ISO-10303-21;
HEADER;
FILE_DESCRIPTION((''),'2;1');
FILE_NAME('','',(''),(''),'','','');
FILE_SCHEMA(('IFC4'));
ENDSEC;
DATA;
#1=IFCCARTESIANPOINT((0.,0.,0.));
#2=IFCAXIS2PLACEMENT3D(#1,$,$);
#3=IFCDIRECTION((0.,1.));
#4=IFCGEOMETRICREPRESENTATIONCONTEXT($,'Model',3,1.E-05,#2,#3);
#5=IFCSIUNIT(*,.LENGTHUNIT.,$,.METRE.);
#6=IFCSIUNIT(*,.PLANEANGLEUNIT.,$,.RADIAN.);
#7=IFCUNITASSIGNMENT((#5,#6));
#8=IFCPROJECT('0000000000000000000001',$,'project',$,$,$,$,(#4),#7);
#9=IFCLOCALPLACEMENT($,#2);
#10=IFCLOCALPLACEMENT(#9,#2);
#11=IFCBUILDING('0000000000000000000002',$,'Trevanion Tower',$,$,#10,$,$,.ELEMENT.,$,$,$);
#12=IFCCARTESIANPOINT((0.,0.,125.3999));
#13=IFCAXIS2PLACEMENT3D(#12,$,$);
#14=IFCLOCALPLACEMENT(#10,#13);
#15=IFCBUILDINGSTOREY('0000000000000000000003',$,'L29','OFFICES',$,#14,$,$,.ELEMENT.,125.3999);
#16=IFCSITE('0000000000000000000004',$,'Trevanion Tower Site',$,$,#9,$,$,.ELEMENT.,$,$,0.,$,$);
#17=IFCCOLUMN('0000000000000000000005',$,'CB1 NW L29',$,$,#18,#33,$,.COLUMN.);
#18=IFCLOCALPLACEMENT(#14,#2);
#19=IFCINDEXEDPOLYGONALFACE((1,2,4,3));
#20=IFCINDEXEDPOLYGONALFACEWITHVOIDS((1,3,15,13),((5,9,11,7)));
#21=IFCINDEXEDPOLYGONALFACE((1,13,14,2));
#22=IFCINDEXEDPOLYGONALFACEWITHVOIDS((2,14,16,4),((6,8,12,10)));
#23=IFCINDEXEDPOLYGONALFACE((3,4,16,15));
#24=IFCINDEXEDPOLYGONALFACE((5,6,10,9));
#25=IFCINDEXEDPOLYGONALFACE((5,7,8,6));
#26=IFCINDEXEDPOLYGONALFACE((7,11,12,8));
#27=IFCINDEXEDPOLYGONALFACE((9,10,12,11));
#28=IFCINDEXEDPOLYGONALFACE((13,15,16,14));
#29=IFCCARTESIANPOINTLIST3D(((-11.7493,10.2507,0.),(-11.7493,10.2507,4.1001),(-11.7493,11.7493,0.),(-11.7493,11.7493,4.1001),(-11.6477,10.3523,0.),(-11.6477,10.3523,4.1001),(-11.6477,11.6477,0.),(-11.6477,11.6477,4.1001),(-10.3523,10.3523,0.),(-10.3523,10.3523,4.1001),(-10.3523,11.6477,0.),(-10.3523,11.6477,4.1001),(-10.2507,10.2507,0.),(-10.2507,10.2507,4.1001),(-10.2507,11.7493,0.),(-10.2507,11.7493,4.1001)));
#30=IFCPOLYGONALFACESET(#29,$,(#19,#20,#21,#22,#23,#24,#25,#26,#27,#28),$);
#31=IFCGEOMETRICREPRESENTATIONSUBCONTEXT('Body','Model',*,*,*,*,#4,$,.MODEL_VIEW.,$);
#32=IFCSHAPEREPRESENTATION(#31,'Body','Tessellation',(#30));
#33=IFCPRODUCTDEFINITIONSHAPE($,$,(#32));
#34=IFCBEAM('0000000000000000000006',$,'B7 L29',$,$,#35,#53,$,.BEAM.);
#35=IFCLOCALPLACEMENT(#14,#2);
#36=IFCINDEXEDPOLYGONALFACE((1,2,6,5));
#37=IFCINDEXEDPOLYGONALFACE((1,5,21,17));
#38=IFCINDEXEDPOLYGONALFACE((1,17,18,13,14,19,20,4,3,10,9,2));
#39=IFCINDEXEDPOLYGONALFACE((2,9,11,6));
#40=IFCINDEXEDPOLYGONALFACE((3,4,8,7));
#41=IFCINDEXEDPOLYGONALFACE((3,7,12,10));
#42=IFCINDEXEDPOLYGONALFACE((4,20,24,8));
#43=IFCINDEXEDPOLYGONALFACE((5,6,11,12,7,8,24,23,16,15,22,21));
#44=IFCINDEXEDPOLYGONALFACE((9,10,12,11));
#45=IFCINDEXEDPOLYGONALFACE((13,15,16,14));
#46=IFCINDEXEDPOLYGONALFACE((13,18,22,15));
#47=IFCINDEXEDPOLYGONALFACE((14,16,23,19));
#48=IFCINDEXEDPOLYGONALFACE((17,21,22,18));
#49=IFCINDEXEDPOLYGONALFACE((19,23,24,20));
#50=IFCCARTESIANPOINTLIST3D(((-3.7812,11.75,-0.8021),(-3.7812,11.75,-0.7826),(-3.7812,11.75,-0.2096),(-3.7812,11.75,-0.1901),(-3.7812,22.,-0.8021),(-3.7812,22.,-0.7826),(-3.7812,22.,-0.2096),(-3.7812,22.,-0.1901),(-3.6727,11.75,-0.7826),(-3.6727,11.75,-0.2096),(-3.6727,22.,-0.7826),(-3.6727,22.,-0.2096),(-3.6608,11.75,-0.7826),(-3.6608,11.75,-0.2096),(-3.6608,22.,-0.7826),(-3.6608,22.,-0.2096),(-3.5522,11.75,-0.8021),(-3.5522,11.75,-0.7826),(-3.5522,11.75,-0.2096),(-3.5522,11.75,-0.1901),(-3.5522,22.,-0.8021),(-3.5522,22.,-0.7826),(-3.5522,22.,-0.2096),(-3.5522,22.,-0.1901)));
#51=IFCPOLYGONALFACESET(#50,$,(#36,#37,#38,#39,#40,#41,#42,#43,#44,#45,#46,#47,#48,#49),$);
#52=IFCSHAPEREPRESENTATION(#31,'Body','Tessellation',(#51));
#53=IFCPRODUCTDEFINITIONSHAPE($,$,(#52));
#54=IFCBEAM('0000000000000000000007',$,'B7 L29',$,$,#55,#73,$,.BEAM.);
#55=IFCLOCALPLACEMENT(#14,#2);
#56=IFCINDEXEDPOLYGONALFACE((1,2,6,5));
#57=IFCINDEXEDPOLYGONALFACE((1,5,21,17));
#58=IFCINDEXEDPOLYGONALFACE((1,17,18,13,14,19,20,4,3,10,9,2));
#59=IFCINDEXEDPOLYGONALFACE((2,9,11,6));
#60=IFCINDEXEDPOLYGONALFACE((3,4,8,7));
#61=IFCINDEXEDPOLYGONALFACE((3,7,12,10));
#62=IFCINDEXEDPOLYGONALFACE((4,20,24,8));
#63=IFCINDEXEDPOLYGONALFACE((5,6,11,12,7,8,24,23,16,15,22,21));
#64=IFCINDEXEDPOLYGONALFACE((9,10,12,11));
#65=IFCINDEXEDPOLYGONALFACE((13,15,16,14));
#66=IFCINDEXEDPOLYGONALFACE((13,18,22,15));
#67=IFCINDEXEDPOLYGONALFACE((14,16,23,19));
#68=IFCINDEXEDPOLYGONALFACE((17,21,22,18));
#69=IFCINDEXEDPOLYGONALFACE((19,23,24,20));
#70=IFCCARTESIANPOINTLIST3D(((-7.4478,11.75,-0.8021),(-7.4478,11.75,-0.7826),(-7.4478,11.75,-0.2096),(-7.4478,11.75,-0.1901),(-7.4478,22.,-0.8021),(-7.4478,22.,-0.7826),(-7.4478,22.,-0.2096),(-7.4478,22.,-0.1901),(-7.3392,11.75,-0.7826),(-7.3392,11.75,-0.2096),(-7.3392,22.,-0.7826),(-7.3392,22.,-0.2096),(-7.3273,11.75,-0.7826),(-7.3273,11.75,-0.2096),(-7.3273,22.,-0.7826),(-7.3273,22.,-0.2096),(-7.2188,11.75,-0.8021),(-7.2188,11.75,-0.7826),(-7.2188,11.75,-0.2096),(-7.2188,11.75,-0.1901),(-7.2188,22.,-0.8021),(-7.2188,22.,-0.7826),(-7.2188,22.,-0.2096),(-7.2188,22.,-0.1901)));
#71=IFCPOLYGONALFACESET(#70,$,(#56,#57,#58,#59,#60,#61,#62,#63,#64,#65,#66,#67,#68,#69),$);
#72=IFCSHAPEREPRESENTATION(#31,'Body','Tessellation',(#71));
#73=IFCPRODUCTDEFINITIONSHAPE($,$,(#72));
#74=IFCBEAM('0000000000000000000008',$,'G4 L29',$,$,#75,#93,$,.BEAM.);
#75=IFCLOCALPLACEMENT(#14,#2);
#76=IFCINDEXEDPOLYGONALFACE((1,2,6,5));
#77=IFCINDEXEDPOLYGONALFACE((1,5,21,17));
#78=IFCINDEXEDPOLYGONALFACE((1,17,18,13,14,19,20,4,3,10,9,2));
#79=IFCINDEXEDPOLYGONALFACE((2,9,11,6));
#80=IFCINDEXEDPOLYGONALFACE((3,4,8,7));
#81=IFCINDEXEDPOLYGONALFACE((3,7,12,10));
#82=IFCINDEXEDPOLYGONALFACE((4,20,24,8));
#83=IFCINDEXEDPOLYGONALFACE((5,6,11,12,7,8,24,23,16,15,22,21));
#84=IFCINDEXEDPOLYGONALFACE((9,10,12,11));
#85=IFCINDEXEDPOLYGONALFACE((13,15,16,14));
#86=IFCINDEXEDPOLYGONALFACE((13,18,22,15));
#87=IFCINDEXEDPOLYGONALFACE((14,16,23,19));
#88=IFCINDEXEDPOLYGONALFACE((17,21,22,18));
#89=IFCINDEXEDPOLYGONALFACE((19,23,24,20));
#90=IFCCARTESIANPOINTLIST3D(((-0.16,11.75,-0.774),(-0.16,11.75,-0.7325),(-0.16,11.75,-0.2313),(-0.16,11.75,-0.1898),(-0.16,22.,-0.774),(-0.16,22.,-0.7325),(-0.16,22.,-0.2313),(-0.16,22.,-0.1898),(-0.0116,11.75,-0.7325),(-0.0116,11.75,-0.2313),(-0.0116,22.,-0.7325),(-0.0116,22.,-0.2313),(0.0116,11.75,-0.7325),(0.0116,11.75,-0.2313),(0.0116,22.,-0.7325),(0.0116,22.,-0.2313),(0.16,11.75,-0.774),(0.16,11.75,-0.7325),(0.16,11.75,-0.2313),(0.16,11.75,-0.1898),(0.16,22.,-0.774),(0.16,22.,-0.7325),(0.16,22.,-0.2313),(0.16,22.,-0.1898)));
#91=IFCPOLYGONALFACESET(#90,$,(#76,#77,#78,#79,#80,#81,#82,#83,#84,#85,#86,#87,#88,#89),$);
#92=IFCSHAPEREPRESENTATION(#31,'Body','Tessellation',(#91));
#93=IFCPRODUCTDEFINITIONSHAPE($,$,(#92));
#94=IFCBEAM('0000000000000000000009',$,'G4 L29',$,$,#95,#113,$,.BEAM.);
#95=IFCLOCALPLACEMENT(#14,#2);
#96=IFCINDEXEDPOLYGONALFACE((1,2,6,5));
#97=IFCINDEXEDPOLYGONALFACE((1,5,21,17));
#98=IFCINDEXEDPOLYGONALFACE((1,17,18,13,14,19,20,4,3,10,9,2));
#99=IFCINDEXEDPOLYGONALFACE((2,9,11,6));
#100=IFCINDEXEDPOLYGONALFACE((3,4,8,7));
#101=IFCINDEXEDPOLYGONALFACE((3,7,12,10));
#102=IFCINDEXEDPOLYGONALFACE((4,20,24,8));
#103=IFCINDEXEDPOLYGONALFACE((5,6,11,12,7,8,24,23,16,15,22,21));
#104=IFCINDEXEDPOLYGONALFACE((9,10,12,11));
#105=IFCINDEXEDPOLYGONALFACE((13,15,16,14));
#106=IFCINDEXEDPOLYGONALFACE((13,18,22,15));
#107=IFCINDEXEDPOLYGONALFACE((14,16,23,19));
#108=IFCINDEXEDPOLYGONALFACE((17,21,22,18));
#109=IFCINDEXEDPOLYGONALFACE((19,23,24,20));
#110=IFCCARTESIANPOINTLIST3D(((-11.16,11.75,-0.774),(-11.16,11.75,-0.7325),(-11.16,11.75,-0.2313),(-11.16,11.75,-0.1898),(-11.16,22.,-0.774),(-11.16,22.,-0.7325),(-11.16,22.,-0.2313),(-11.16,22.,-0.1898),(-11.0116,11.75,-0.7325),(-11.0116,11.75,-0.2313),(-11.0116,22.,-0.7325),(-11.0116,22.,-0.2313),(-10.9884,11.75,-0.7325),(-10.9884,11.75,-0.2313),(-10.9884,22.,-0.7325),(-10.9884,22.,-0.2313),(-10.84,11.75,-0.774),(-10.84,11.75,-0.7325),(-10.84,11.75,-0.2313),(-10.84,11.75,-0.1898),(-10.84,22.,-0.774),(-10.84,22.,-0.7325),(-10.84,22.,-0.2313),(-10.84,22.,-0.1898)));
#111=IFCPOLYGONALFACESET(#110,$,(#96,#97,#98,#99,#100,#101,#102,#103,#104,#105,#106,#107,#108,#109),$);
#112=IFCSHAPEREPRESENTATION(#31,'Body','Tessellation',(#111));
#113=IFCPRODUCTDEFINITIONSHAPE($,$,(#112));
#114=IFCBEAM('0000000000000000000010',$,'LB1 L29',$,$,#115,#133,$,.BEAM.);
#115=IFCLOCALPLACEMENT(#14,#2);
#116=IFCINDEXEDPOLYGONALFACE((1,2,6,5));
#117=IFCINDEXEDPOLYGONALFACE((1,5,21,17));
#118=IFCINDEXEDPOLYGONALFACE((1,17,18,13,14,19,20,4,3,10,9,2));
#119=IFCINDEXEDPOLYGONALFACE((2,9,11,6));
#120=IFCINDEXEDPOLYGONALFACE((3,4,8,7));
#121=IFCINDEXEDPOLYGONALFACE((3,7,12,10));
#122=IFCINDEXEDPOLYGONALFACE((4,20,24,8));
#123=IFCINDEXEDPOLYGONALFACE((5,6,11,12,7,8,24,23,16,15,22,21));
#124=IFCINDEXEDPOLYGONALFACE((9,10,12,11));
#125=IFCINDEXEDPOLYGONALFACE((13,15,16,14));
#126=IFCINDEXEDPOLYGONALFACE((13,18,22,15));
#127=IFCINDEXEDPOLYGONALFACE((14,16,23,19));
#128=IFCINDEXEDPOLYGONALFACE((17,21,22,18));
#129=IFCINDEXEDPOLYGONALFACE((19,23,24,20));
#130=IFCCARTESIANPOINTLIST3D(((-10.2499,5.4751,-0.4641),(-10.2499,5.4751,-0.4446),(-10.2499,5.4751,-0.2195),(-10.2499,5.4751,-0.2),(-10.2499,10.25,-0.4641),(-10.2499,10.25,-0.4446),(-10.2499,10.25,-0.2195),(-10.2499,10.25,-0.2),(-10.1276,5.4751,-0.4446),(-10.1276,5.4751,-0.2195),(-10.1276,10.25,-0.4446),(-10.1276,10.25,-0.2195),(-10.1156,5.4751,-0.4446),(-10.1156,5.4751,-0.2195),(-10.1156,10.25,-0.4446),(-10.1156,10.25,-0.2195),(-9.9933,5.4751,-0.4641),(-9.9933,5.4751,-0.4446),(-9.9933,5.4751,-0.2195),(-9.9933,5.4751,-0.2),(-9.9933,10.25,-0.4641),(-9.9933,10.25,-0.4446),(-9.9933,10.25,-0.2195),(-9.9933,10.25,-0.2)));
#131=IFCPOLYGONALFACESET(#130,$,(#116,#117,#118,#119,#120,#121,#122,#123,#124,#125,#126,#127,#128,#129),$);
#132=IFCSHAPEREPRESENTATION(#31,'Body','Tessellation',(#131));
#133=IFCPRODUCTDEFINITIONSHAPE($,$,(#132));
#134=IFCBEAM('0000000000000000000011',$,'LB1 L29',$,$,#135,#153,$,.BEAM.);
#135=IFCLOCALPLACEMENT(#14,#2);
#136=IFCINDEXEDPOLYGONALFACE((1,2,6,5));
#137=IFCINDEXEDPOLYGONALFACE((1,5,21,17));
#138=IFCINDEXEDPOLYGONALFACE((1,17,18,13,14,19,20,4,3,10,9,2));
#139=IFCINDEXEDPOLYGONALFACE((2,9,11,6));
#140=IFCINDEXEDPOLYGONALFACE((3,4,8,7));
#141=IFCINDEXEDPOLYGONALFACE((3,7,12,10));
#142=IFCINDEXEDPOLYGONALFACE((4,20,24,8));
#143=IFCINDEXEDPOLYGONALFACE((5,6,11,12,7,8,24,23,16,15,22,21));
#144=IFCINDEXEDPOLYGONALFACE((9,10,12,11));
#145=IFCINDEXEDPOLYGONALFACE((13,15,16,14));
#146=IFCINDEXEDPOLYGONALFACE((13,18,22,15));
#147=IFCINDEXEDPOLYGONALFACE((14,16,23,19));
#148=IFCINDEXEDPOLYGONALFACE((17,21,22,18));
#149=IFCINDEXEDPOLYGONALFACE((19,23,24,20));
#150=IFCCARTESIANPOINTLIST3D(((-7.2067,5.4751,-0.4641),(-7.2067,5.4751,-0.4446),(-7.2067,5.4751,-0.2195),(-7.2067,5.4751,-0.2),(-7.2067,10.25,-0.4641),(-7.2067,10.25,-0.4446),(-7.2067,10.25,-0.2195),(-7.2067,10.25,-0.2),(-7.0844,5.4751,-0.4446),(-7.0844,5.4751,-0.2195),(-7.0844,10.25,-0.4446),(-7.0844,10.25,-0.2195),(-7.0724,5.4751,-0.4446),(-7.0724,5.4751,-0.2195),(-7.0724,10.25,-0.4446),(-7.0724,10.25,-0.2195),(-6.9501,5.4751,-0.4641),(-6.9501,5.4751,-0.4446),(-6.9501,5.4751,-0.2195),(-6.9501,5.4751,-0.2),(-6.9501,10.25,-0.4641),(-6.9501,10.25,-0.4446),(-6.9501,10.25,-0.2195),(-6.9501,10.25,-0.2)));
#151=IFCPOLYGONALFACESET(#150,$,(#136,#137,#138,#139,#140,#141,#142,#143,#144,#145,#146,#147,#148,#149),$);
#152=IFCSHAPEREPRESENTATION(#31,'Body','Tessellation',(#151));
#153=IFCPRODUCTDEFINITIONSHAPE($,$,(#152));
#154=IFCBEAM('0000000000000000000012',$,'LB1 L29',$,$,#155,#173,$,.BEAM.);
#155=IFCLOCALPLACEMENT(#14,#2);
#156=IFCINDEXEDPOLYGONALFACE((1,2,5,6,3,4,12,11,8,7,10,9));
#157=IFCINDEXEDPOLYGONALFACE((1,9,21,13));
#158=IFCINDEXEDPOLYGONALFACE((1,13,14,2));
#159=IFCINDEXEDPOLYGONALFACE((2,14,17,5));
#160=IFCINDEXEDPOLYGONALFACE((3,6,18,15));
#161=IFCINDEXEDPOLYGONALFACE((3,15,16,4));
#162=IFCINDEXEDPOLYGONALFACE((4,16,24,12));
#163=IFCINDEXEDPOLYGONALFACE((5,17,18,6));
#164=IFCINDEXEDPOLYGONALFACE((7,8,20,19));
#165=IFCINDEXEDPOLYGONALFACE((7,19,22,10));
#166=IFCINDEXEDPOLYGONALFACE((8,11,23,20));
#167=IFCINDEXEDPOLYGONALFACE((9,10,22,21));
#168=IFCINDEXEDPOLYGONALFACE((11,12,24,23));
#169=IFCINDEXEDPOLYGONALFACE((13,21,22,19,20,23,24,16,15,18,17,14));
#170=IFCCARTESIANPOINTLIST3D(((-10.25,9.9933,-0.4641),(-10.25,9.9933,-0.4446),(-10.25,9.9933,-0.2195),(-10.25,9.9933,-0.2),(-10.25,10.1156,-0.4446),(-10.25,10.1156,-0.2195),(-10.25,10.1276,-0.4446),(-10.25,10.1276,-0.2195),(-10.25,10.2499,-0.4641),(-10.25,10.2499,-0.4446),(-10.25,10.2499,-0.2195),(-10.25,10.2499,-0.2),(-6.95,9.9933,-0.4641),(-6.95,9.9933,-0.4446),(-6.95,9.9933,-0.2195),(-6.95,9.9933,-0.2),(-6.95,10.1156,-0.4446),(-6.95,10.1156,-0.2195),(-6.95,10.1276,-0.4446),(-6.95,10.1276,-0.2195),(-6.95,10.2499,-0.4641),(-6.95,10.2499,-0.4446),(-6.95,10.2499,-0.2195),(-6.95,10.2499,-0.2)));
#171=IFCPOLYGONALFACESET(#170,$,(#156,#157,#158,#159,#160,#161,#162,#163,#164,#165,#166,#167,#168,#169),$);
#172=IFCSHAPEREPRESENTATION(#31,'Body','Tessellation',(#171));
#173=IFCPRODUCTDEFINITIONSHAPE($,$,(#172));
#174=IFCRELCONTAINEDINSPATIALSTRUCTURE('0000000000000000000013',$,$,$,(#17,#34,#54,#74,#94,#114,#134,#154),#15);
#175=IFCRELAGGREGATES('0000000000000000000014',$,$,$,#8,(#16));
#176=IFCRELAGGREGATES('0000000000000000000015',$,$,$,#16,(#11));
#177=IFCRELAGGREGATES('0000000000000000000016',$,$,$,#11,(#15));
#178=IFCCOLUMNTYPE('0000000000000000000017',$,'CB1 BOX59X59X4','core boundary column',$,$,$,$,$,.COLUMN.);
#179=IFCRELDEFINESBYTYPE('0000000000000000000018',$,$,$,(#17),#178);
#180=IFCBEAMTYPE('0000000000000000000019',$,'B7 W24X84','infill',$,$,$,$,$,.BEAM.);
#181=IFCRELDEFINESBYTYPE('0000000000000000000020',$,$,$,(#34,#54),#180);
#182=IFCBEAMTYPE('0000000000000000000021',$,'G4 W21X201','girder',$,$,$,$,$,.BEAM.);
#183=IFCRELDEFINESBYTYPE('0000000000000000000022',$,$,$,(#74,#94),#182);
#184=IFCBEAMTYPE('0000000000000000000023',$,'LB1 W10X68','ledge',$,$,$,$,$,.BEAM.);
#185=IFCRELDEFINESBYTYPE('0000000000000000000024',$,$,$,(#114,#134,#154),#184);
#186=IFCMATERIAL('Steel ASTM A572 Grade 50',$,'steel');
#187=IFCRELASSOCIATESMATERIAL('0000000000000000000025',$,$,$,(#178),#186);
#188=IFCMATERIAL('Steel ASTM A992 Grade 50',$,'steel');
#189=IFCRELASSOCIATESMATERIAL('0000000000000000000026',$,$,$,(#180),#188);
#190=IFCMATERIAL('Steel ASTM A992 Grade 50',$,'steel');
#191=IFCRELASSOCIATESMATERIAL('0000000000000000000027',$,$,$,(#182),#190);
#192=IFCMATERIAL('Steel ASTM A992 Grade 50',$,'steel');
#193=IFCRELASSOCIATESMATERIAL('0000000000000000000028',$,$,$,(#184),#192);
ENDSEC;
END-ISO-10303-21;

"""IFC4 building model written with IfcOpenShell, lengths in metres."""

from ifc_helpers import new_model, si_unit, direction, frame, origin, origin_2d, place, context, subcontext, project, spatial, hollow_rectangle, i_section, extrude, material, material_profile, profile_set, type_object, element, save


model = new_model("IFC4")

# Units and contexts
model_context = context("Model", 3, precision=1e-05, world=origin(), true_north=direction((0.0, 1.0)))
body_context = subcontext(model_context, "Body", "Model", "MODEL_VIEW")
ifc_project = project(units=[si_unit("LENGTHUNIT", "METRE"), si_unit("PLANEANGLEUNIT", "RADIAN")], contexts=[model_context])

# Site, building, storey
site_placement = place(None, origin())
site = spatial("IfcSite", under=ifc_project, at=site_placement, Name="Trevanion Tower Site", CompositionType="ELEMENT", RefElevation=0.0)
building_placement = place(site_placement, origin())
building = spatial("IfcBuilding", under=site, at=building_placement, Name="Trevanion Tower", CompositionType="ELEMENT")
storey_placement = place(building_placement, frame((0.0, 0.0, 125.3999)))
storey = spatial("IfcBuildingStorey", under=building, at=storey_placement, Name="L29", Description="OFFICES", CompositionType="ELEMENT", Elevation=125.3999)

# Column
ifc_material_1 = material(Name="Steel ASTM A572 Grade 50", Category="steel")
ifc_material_profile_1 = material_profile(ifc_material_1, hollow_rectangle(XDim=1.4985, YDim=1.4985, WallThickness=0.1016, at=origin_2d()), Name="BOX59X59X4")
ifc_profile_set_1 = profile_set([ifc_material_profile_1], Name="Steel ASTM A572 Grade 50")
column_type = type_object("IfcColumnType", Name="CB1 BOX59X59X4", Description="core boundary column", PredefinedType="COLUMN", material=ifc_profile_set_1)
column_placement = place(storey_placement, frame((-11.0, 11.0, 0.0), z_axis=(0.0, 0.0, 1.0), x_axis=(1.0, 0.0, 0.0)))
element("IfcColumn", 1, at=column_placement, inside=storey, type_object=column_type, Name="CB1 NW L29", PredefinedType="COLUMN", context=body_context, shape_type="SweptSolid", body=[
    extrude(hollow_rectangle(XDim=1.4985, YDim=1.4985, WallThickness=0.1016, at=origin_2d()), origin(), (0.0, 0.0, 1.0), 4.1001),
])

# Beams
ifc_material_2 = material(Name="Steel ASTM A992 Grade 50", Category="steel")
ifc_material_profile_2 = material_profile(ifc_material_2, i_section(OverallWidth=0.229, OverallDepth=0.6121, WebThickness=0.012, FlangeThickness=0.0195, at=origin_2d()), Name="W24X84")
ifc_profile_set_2 = profile_set([ifc_material_profile_2], Name="Steel ASTM A992 Grade 50")
beam_type_1 = type_object("IfcBeamType", Name="B7 W24X84", Description="infill", PredefinedType="BEAM", material=ifc_profile_set_2)
for number, where, z_axis, x_axis, name in (
    (2, (-3.6667, 11.75, -0.4961), (0.0, 1.0, 0.0), (-1.0, 0.0, 0.0), "B7 L29"),
    (3, (-7.3333, 11.75, -0.4961), (0.0, 1.0, 0.0), (-1.0, 0.0, 0.0), "B7 L29"),
):
    element("IfcBeam", number, at=place(storey_placement, frame(where, z_axis=z_axis, x_axis=x_axis)), inside=storey, type_object=beam_type_1, Name=name, PredefinedType="BEAM", context=body_context, shape_type="SweptSolid", body=[
        extrude(i_section(OverallWidth=0.229, OverallDepth=0.6121, WebThickness=0.012, FlangeThickness=0.0195, at=origin_2d()), origin(), (0.0, 0.0, 1.0), 10.25),
    ])
ifc_material_3 = material(Name="Steel ASTM A992 Grade 50", Category="steel")
ifc_material_profile_3 = material_profile(ifc_material_3, i_section(OverallWidth=0.3201, OverallDepth=0.5842, WebThickness=0.0232, FlangeThickness=0.0415, at=origin_2d()), Name="W21X201")
ifc_profile_set_3 = profile_set([ifc_material_profile_3], Name="Steel ASTM A992 Grade 50")
beam_type_2 = type_object("IfcBeamType", Name="G4 W21X201", Description="girder", PredefinedType="BEAM", material=ifc_profile_set_3)
for number, where, z_axis, x_axis, name in (
    (4, (0.0, 11.75, -0.4819), (0.0, 1.0, 0.0), (-1.0, 0.0, 0.0), "G4 L29"),
    (5, (-11.0, 11.75, -0.4819), (0.0, 1.0, 0.0), (-1.0, 0.0, 0.0), "G4 L29"),
):
    element("IfcBeam", number, at=place(storey_placement, frame(where, z_axis=z_axis, x_axis=x_axis)), inside=storey, type_object=beam_type_2, Name=name, PredefinedType="BEAM", context=body_context, shape_type="SweptSolid", body=[
        extrude(i_section(OverallWidth=0.3201, OverallDepth=0.5842, WebThickness=0.0232, FlangeThickness=0.0415, at=origin_2d()), origin(), (0.0, 0.0, 1.0), 10.25),
    ])
ifc_material_4 = material(Name="Steel ASTM A992 Grade 50", Category="steel")
ifc_material_profile_4 = material_profile(ifc_material_4, i_section(OverallWidth=0.2566, OverallDepth=0.2642, WebThickness=0.012, FlangeThickness=0.0195, at=origin_2d()), Name="W10X68")
ifc_profile_set_4 = profile_set([ifc_material_profile_4], Name="Steel ASTM A992 Grade 50")
beam_type_3 = type_object("IfcBeamType", Name="LB1 W10X68", Description="ledge", PredefinedType="BEAM", material=ifc_profile_set_4)
for number, where, z_axis, x_axis, name in (
    (6, (-10.1216, 5.4751, -0.332), (0.0, 1.0, 0.0), (-1.0, 0.0, 0.0), "LB1 L29"),
    (7, (-7.0784, 5.4751, -0.332), (0.0, 1.0, 0.0), (-1.0, 0.0, 0.0), "LB1 L29"),
):
    element("IfcBeam", number, at=place(storey_placement, frame(where, z_axis=z_axis, x_axis=x_axis)), inside=storey, type_object=beam_type_3, Name=name, PredefinedType="BEAM", context=body_context, shape_type="SweptSolid", body=[
        extrude(i_section(OverallWidth=0.2566, OverallDepth=0.2642, WebThickness=0.012, FlangeThickness=0.0195, at=origin_2d()), origin(), (0.0, 0.0, 1.0), 4.7749),
    ])
beam_1_placement = place(storey_placement, frame((-10.25, 10.1216, -0.332), z_axis=(1.0, 0.0, 0.0), x_axis=(0.0, 1.0, 0.0)))
element("IfcBeam", 8, at=beam_1_placement, inside=storey, type_object=beam_type_3, Name="LB1 L29", PredefinedType="BEAM", context=body_context, shape_type="SweptSolid", body=[
    extrude(i_section(OverallWidth=0.2566, OverallDepth=0.2642, WebThickness=0.012, FlangeThickness=0.0195, at=origin_2d()), origin(), (0.0, 0.0, 1.0), 3.3),
])

save(model, "model.ifc")
